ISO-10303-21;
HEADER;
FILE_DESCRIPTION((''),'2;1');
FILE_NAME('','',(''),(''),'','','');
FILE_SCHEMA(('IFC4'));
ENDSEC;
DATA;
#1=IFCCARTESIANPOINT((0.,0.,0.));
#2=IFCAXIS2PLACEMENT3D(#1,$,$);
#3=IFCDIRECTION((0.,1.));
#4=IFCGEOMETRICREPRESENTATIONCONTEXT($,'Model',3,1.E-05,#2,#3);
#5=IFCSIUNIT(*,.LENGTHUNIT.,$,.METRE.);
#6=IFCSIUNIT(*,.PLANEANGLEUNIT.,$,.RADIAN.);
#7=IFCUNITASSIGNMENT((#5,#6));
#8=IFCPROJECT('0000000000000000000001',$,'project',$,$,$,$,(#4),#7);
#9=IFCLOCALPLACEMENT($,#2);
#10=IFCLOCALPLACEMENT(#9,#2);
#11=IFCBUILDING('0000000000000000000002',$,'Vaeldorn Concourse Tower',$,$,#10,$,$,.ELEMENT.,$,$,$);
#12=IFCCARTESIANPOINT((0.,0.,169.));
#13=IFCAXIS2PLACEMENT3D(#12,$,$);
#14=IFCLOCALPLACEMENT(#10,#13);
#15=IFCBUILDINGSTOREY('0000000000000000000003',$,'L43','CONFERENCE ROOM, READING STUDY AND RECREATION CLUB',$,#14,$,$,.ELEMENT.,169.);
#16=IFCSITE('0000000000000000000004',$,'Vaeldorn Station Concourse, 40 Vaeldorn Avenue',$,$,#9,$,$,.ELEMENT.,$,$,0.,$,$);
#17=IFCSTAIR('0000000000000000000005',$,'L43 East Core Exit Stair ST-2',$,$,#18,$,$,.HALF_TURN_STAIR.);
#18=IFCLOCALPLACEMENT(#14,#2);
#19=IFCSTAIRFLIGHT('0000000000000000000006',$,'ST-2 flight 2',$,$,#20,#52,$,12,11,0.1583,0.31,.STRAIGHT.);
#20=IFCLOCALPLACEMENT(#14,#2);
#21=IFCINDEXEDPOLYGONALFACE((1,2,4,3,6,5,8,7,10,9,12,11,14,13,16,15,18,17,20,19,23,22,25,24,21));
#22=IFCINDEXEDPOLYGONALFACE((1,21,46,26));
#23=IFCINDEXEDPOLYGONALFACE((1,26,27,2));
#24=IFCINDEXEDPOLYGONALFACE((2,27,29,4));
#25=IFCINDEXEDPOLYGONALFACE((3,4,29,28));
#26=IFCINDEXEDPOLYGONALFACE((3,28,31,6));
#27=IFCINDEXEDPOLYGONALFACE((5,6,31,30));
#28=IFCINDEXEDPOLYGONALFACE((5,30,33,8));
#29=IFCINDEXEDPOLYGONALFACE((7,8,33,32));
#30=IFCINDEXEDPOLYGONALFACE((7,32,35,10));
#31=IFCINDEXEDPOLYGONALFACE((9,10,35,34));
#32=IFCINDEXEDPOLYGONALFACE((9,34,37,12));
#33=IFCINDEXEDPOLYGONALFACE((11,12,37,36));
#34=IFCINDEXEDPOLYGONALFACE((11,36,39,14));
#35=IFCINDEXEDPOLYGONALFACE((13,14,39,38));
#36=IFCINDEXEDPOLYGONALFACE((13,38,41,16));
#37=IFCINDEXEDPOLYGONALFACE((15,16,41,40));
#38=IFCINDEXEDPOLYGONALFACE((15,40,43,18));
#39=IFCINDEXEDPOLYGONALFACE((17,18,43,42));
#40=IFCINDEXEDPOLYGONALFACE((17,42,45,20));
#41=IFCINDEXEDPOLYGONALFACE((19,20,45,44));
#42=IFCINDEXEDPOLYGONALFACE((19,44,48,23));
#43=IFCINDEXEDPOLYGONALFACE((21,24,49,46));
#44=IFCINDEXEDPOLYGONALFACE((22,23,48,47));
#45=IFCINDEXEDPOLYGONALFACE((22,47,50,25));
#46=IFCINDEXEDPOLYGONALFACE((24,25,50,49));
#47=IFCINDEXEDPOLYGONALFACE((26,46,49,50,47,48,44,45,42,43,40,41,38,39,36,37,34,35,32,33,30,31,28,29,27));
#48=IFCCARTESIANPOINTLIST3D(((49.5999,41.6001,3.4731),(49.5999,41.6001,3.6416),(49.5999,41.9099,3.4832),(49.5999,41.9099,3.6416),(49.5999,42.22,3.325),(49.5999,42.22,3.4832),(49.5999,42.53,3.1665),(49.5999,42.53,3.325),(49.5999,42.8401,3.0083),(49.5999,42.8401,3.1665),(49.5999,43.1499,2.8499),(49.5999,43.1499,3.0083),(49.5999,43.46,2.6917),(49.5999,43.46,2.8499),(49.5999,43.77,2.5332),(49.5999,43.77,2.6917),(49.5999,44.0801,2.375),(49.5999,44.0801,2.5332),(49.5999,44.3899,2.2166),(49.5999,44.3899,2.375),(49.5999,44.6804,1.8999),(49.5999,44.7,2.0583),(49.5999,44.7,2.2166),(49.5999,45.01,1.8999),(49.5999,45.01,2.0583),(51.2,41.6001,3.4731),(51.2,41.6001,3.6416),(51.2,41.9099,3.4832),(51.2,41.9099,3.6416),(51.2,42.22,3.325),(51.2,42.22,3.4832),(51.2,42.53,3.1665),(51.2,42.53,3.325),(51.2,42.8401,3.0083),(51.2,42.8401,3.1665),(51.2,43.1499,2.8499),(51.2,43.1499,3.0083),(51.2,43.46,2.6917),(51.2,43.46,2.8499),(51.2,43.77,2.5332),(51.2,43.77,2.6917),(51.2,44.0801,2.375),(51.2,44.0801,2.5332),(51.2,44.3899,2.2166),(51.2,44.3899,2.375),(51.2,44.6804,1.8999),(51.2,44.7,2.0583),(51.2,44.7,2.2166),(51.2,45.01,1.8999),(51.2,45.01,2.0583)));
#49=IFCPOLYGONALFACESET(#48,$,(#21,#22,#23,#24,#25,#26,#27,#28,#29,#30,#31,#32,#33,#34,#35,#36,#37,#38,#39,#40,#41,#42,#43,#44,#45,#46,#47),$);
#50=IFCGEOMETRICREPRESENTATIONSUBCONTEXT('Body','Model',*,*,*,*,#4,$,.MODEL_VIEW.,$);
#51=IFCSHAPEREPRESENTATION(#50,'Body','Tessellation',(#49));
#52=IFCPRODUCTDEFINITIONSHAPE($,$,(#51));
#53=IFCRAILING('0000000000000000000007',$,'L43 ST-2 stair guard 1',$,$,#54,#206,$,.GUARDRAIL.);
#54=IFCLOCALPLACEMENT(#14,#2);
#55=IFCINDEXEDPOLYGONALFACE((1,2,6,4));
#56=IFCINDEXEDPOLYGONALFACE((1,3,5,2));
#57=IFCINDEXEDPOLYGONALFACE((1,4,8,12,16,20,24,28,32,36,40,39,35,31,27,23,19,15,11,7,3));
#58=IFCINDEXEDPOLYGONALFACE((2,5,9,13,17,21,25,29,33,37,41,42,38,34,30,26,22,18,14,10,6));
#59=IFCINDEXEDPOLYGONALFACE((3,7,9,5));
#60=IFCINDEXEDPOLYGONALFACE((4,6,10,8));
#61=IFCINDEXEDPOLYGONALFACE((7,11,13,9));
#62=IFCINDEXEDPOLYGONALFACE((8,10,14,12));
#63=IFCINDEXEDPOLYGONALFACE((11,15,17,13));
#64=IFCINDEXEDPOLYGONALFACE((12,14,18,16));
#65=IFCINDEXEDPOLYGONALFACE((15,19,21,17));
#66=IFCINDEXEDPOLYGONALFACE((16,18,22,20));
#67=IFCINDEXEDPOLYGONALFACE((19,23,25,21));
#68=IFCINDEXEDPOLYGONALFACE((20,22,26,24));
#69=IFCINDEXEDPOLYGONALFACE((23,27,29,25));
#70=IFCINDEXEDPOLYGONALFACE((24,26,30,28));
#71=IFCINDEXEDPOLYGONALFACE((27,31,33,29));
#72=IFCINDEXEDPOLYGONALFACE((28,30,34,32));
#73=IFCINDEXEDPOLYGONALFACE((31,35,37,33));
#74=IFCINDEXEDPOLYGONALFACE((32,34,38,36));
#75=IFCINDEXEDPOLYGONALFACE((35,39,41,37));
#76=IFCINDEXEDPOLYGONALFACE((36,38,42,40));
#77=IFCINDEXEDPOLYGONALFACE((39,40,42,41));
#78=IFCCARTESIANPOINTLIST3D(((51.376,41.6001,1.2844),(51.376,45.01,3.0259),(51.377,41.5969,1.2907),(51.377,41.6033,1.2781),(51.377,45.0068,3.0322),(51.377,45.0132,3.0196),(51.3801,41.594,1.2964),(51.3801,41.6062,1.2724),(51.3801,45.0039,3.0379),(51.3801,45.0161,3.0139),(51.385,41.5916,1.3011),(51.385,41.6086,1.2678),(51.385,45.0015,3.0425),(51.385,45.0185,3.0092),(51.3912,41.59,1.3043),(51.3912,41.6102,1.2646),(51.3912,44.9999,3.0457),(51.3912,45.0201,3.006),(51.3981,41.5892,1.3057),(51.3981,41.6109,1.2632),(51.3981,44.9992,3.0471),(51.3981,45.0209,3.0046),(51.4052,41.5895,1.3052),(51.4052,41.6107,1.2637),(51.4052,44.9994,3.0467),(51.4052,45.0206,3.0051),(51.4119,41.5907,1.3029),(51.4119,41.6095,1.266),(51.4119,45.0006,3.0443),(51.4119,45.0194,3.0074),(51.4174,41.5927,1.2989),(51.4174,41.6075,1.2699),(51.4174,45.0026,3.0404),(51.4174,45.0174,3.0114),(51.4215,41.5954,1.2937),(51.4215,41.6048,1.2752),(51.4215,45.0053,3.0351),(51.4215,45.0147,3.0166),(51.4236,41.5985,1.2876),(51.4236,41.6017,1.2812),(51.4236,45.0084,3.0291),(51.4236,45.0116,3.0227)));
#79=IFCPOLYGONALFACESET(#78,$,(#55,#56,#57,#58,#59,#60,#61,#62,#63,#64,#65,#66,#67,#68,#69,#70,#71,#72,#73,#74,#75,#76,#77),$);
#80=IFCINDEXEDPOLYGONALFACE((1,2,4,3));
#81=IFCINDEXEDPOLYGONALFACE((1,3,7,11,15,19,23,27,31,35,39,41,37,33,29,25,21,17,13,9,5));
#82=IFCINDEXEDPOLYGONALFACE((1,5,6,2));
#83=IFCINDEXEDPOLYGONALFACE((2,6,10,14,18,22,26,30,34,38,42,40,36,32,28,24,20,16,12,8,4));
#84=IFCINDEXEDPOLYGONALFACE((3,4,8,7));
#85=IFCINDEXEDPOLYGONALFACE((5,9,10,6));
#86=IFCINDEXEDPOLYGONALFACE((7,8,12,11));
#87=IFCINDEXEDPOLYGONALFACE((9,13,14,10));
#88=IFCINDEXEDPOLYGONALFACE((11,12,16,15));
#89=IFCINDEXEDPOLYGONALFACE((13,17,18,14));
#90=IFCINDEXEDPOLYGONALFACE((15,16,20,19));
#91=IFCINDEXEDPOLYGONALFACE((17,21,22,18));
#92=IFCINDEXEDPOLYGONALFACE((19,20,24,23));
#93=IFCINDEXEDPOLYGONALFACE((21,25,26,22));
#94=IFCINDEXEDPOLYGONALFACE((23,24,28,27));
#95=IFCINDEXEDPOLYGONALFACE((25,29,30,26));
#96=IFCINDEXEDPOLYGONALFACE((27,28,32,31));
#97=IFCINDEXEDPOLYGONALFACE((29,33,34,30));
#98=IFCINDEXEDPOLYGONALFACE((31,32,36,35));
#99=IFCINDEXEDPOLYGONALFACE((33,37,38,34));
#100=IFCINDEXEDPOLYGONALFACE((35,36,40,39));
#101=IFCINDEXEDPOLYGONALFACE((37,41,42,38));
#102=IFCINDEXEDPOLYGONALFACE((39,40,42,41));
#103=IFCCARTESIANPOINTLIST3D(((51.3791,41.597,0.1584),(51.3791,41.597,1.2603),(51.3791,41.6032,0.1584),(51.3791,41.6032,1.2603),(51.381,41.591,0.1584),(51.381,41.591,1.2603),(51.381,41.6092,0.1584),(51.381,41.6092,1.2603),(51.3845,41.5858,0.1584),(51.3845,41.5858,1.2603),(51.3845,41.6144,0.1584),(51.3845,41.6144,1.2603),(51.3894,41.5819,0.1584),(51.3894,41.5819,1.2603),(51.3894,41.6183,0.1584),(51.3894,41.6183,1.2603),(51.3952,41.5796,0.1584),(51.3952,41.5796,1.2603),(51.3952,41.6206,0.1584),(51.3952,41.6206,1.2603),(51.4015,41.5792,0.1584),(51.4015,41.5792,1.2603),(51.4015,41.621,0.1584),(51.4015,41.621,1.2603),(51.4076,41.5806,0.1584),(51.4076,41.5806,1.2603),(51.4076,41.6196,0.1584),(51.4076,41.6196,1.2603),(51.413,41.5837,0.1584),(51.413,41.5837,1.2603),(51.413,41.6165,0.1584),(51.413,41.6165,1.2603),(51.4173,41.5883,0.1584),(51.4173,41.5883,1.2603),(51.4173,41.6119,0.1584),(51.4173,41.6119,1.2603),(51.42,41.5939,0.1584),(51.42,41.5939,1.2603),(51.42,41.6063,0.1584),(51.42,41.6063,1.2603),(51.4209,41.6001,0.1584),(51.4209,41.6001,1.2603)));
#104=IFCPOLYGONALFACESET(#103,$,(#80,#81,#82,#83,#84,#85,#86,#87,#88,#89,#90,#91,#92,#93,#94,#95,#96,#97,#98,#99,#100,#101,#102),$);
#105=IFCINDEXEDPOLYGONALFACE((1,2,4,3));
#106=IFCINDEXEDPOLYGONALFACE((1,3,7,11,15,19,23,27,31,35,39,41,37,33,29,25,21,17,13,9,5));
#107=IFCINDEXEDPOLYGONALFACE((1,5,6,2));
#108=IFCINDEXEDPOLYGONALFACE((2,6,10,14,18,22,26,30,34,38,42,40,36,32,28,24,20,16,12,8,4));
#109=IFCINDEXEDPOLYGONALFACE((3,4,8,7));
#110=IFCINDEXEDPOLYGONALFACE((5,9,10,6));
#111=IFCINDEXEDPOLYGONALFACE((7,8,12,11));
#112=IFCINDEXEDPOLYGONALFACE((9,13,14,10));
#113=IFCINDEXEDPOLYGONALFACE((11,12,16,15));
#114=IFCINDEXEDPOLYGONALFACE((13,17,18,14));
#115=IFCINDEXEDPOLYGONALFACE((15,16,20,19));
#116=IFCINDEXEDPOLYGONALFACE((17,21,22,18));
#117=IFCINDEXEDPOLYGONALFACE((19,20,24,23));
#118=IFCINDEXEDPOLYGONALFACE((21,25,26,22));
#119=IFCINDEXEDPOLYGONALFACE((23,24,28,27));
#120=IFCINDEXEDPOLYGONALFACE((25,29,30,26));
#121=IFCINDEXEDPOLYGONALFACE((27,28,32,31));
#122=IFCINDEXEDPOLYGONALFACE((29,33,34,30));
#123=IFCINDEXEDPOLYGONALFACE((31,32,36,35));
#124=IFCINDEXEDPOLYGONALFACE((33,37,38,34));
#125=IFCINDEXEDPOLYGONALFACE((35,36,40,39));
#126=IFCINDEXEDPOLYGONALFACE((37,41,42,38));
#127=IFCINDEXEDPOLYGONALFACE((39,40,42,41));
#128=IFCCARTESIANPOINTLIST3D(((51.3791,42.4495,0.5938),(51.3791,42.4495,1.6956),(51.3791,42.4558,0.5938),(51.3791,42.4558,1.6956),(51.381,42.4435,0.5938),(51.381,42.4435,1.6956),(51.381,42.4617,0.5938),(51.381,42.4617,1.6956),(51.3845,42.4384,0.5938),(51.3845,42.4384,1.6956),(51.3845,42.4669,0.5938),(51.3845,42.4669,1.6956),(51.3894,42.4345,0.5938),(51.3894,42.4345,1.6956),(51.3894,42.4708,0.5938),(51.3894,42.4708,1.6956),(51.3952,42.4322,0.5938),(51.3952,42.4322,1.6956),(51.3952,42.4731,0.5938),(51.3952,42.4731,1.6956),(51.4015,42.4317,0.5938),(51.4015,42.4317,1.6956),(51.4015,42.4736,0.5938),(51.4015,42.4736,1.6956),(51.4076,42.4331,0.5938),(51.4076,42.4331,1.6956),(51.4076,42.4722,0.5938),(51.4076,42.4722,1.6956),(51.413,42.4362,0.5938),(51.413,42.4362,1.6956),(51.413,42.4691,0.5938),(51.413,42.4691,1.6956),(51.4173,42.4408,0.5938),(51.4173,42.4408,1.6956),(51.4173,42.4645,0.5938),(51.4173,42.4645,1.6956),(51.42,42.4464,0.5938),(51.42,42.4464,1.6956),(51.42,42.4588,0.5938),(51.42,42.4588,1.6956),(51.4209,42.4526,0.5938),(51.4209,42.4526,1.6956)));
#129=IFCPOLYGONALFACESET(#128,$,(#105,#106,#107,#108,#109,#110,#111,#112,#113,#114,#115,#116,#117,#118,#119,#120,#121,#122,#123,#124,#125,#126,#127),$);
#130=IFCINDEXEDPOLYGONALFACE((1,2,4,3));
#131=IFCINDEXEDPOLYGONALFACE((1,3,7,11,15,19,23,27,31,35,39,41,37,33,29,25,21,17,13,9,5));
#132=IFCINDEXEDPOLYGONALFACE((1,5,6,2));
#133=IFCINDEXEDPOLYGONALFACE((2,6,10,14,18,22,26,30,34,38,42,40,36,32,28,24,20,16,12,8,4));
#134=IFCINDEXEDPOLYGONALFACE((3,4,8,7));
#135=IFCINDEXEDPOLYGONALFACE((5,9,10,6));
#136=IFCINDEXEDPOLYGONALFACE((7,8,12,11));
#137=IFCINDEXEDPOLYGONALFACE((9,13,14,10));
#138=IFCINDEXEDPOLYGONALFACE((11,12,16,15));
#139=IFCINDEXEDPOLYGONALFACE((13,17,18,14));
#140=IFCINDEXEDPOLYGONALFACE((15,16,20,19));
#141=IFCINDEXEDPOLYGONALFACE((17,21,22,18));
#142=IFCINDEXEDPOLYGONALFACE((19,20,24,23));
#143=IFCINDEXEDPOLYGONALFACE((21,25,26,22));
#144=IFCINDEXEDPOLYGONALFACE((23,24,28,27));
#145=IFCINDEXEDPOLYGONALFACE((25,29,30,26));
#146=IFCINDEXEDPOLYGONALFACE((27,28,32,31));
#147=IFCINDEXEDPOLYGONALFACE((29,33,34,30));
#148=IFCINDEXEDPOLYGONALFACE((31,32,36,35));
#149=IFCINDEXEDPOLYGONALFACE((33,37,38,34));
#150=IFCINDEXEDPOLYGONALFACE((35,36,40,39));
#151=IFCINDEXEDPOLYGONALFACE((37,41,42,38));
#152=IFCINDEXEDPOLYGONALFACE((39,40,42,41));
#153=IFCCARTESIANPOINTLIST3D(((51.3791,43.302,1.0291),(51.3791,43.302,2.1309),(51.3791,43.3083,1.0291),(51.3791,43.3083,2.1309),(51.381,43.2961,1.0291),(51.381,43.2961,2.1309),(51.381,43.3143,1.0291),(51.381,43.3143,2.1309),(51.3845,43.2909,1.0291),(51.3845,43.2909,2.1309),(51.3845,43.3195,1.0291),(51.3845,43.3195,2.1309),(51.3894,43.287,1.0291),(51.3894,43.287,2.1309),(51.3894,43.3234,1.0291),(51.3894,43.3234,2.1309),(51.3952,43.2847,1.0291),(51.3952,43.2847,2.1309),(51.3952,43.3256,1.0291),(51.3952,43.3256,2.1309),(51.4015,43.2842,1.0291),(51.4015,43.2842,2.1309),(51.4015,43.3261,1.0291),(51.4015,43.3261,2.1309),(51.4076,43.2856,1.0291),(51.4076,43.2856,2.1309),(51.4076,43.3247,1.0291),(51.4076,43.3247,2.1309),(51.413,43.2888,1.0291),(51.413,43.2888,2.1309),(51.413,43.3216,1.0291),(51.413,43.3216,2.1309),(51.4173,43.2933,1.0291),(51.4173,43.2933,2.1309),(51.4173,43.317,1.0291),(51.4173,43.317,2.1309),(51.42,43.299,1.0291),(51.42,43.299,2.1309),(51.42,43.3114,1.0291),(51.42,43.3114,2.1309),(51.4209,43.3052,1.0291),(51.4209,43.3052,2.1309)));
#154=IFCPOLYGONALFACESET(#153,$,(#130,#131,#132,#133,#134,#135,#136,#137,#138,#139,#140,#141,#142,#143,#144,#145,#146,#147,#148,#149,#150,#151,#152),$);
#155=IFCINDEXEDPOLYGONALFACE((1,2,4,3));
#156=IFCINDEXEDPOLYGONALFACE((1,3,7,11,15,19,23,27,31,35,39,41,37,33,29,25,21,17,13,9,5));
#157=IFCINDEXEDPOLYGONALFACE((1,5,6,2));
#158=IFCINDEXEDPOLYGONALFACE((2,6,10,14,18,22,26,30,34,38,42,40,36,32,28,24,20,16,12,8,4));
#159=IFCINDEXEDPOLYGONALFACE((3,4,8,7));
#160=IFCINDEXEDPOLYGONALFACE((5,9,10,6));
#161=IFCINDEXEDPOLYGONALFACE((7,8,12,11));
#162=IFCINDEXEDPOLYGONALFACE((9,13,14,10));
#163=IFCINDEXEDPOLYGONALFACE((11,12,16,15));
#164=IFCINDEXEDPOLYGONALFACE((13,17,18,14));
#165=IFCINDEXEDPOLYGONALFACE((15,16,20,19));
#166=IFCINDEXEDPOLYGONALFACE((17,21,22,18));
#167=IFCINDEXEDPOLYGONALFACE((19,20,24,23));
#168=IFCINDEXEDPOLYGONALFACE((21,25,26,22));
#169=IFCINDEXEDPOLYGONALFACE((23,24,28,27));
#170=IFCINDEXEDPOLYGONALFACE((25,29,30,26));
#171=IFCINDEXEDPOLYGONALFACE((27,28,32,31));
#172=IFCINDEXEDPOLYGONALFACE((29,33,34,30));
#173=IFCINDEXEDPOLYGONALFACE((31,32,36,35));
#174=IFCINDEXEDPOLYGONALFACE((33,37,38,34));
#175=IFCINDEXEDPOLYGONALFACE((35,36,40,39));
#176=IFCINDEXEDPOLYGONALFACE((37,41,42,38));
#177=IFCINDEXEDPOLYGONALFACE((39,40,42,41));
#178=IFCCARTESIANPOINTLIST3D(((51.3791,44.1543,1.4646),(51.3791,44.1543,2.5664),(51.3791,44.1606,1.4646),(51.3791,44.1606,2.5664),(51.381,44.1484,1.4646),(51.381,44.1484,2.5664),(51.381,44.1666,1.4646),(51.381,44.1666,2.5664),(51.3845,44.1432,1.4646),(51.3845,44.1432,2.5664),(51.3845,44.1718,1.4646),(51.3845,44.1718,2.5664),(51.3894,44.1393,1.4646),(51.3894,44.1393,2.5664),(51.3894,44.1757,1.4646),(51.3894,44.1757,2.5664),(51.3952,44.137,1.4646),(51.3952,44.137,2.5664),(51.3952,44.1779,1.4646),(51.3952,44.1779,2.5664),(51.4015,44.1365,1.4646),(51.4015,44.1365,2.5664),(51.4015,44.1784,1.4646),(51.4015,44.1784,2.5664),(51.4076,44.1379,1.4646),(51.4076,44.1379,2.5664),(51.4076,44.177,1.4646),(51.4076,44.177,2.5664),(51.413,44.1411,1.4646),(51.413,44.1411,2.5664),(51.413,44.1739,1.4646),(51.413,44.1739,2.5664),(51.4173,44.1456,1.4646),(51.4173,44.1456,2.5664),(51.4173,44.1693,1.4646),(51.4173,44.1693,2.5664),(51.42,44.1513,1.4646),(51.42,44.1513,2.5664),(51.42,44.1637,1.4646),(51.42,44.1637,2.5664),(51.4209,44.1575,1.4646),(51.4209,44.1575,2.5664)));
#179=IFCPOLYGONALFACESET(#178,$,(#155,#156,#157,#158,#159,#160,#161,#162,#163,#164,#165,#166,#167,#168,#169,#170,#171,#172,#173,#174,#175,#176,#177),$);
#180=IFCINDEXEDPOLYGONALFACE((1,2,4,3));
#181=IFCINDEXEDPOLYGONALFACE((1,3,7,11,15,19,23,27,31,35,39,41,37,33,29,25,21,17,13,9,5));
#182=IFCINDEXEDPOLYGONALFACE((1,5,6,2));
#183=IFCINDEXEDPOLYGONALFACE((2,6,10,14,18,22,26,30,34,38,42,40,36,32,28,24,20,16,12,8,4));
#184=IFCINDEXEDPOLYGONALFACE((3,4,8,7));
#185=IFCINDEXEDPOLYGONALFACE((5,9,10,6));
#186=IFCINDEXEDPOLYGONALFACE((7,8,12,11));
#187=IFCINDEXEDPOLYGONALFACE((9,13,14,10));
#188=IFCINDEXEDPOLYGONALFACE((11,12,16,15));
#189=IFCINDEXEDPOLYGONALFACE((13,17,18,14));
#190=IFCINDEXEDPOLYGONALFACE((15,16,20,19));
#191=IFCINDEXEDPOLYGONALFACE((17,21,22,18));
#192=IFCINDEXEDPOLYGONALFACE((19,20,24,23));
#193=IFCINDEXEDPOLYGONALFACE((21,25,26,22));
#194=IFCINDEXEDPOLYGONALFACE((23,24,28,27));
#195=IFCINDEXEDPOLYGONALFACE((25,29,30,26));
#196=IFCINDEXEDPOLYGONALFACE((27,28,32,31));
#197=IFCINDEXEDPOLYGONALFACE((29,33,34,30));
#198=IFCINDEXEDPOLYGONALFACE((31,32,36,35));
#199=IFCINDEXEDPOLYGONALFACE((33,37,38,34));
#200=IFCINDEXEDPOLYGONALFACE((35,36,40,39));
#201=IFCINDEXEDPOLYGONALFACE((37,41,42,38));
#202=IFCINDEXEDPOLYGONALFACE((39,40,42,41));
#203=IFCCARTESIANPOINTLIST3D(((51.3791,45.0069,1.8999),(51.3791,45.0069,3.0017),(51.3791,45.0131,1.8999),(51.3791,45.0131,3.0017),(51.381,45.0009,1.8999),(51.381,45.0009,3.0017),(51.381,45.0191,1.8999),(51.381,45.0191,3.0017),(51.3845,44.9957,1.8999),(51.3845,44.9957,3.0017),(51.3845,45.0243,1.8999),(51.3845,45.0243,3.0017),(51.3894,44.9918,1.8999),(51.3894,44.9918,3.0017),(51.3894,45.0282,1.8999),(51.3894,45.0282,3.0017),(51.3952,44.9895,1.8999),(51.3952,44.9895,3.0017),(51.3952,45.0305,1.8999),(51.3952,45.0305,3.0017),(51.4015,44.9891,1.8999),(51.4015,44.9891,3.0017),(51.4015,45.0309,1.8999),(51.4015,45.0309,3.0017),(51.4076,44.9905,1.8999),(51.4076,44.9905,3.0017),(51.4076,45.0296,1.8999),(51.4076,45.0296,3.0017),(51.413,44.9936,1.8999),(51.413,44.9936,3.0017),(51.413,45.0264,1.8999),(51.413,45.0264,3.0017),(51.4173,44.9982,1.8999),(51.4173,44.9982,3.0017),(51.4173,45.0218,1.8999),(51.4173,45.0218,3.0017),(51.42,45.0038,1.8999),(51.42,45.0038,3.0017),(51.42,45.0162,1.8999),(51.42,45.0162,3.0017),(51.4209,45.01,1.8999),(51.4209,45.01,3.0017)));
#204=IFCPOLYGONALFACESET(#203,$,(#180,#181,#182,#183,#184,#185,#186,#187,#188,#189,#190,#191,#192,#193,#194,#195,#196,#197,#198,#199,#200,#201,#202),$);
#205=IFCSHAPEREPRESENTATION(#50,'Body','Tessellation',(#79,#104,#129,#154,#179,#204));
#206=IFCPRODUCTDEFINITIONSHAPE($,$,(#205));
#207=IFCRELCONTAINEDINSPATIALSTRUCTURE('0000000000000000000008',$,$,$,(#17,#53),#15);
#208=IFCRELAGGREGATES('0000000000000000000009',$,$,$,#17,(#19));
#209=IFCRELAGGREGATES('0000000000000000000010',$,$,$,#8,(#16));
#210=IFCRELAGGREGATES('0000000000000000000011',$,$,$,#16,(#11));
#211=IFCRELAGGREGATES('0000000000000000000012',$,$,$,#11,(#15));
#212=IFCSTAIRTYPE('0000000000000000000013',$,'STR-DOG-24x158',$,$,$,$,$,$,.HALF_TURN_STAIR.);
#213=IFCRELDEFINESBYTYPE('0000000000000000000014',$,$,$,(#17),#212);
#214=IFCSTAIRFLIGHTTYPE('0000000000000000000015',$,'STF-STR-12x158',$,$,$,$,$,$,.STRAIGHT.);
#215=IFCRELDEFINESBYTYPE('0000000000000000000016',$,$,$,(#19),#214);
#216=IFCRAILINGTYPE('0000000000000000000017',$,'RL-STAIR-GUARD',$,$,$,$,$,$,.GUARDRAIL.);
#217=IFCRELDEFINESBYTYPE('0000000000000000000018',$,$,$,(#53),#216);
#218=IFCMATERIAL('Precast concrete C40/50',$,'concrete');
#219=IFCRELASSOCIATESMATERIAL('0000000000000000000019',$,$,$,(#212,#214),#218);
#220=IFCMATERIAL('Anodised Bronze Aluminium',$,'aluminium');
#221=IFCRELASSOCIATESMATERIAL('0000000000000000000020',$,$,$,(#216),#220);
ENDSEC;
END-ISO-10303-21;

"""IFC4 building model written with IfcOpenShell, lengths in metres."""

from ifc_helpers import new_model, si_unit, direction, frame, origin, origin_2d, place, context, subcontext, project, spatial, polyline, circle, outline, extrude, material, type_object, element, aggregate, save


model = new_model("IFC4")

# Units and contexts
model_context = context("Model", 3, precision=1e-05, world=origin(), true_north=direction((0.0, 1.0)))
body_context = subcontext(model_context, "Body", "Model", "MODEL_VIEW")
ifc_project = project(units=[si_unit("LENGTHUNIT", "METRE"), si_unit("PLANEANGLEUNIT", "RADIAN")], contexts=[model_context])

# Site, building, storey
site_placement = place(None, origin())
site = spatial("IfcSite", under=ifc_project, at=site_placement, Name="Vaeldorn Station Concourse, 40 Vaeldorn Avenue", CompositionType="ELEMENT", RefElevation=0.0)
building_placement = place(site_placement, origin())
building = spatial("IfcBuilding", under=site, at=building_placement, Name="Vaeldorn Concourse Tower", CompositionType="ELEMENT")
storey_placement = place(building_placement, frame((0.0, 0.0, 169.0)))
storey = spatial("IfcBuildingStorey", under=building, at=storey_placement, Name="L43", Description="CONFERENCE ROOM, READING STUDY AND RECREATION CLUB", CompositionType="ELEMENT", Elevation=169.0)

# Shared definitions
ifc_material_1 = material(Name="Anodised Bronze Aluminium", Category="aluminium")

# Stair, stair flight
ifc_material_2 = material(Name="Precast concrete C40/50", Category="concrete")
stair_type = type_object("IfcStairType", Name="STR-DOG-24x158", PredefinedType="HALF_TURN_STAIR", material=ifc_material_2)
stair_placement = place(storey_placement, origin())
stair = element("IfcStair", 1, at=stair_placement, inside=storey, type_object=stair_type, Name="L43 East Core Exit Stair ST-2", PredefinedType="HALF_TURN_STAIR")
stair_flight_type = type_object("IfcStairFlightType", Name="STF-STR-12x158", PredefinedType="STRAIGHT", material=ifc_material_2)
stair_flight_1_placement = place(storey_placement, frame((50.3999, 45.01, 1.8999), z_axis=(0.0, 0.0, 1.0), x_axis=(0.0, -1.0, 0.0)))
stair_flight_1 = element("IfcStairFlight", 2, at=stair_flight_1_placement, type_object=stair_flight_type, Name="ST-2 flight 2", NumberOfRisers=12, NumberOfTreads=11, PredefinedType="STRAIGHT", RiserHeight=0.1583, TreadLength=0.31, context=body_context, shape_type="SweptSolid", body=[
    extrude(outline(polyline([(0.0, 0.0), (0.0, 0.1584), (0.3101, 0.1584), (0.3101, 0.3167), (0.6201, 0.3167), (0.6201, 0.4751), (0.9299, 0.4751), (0.9299, 0.6333), (1.24, 0.6333), (1.24, 0.7917), (1.55, 0.7917), (1.55, 0.95), (1.8601, 0.95), (1.8601, 1.1084), (2.1699, 1.1084), (2.1699, 1.2666), (2.48, 1.2666), (2.48, 1.425), (2.79, 1.425), (2.79, 1.5833), (3.1001, 1.5833), (3.1001, 1.7417), (3.4099, 1.7417), (3.4099, 1.8999), (3.4099, 1.5732), (0.3296, 0.0), (0.0, 0.0)])), frame((0.0, 0.8, 0.0), z_axis=(0.0, -1.0, 0.0), x_axis=(1.0, 0.0, 0.0)), (0.0, 0.0, 1.0), 1.6001),
])
aggregate(stair, [stair_flight_1])

# Railing
railing_type_1 = type_object("IfcRailingType", Name="RL-STAIR-GUARD", PredefinedType="GUARDRAIL", material=ifc_material_1)
railing_1_placement = place(storey_placement, frame((51.3999, 41.6001, 0.1584)))
element("IfcRailing", 3, at=railing_1_placement, inside=storey, type_object=railing_type_1, Name="L43 ST-2 stair guard 1", PredefinedType="GUARDRAIL", context=body_context, shape_type="SweptSolid", body=[
    extrude(circle(Radius=0.0239, at=origin_2d()), frame((0.0, 0.0, 1.126), z_axis=(0.0, 0.890582, 0.454823), x_axis=(-1.0, 0.0, 0.0)), (0.0, 0.0, 1.0), 3.8289),
    extrude(circle(Radius=0.021, at=origin_2d()), origin(), (0.0, 0.0, 1.0), 1.1018),
    extrude(circle(Radius=0.021, at=origin_2d()), frame((0.0, 0.8525, 0.4353)), (0.0, 0.0, 1.0), 1.1018),
    extrude(circle(Radius=0.021, at=origin_2d()), frame((0.0, 1.7051, 0.8706)), (0.0, 0.0, 1.0), 1.1018),
    extrude(circle(Radius=0.021, at=origin_2d()), frame((0.0, 2.5574, 1.3062)), (0.0, 0.0, 1.0), 1.1018),
    extrude(circle(Radius=0.021, at=origin_2d()), frame((0.0, 3.4099, 1.7415)), (0.0, 0.0, 1.0), 1.1018),
])

save(model, "model.ifc")
